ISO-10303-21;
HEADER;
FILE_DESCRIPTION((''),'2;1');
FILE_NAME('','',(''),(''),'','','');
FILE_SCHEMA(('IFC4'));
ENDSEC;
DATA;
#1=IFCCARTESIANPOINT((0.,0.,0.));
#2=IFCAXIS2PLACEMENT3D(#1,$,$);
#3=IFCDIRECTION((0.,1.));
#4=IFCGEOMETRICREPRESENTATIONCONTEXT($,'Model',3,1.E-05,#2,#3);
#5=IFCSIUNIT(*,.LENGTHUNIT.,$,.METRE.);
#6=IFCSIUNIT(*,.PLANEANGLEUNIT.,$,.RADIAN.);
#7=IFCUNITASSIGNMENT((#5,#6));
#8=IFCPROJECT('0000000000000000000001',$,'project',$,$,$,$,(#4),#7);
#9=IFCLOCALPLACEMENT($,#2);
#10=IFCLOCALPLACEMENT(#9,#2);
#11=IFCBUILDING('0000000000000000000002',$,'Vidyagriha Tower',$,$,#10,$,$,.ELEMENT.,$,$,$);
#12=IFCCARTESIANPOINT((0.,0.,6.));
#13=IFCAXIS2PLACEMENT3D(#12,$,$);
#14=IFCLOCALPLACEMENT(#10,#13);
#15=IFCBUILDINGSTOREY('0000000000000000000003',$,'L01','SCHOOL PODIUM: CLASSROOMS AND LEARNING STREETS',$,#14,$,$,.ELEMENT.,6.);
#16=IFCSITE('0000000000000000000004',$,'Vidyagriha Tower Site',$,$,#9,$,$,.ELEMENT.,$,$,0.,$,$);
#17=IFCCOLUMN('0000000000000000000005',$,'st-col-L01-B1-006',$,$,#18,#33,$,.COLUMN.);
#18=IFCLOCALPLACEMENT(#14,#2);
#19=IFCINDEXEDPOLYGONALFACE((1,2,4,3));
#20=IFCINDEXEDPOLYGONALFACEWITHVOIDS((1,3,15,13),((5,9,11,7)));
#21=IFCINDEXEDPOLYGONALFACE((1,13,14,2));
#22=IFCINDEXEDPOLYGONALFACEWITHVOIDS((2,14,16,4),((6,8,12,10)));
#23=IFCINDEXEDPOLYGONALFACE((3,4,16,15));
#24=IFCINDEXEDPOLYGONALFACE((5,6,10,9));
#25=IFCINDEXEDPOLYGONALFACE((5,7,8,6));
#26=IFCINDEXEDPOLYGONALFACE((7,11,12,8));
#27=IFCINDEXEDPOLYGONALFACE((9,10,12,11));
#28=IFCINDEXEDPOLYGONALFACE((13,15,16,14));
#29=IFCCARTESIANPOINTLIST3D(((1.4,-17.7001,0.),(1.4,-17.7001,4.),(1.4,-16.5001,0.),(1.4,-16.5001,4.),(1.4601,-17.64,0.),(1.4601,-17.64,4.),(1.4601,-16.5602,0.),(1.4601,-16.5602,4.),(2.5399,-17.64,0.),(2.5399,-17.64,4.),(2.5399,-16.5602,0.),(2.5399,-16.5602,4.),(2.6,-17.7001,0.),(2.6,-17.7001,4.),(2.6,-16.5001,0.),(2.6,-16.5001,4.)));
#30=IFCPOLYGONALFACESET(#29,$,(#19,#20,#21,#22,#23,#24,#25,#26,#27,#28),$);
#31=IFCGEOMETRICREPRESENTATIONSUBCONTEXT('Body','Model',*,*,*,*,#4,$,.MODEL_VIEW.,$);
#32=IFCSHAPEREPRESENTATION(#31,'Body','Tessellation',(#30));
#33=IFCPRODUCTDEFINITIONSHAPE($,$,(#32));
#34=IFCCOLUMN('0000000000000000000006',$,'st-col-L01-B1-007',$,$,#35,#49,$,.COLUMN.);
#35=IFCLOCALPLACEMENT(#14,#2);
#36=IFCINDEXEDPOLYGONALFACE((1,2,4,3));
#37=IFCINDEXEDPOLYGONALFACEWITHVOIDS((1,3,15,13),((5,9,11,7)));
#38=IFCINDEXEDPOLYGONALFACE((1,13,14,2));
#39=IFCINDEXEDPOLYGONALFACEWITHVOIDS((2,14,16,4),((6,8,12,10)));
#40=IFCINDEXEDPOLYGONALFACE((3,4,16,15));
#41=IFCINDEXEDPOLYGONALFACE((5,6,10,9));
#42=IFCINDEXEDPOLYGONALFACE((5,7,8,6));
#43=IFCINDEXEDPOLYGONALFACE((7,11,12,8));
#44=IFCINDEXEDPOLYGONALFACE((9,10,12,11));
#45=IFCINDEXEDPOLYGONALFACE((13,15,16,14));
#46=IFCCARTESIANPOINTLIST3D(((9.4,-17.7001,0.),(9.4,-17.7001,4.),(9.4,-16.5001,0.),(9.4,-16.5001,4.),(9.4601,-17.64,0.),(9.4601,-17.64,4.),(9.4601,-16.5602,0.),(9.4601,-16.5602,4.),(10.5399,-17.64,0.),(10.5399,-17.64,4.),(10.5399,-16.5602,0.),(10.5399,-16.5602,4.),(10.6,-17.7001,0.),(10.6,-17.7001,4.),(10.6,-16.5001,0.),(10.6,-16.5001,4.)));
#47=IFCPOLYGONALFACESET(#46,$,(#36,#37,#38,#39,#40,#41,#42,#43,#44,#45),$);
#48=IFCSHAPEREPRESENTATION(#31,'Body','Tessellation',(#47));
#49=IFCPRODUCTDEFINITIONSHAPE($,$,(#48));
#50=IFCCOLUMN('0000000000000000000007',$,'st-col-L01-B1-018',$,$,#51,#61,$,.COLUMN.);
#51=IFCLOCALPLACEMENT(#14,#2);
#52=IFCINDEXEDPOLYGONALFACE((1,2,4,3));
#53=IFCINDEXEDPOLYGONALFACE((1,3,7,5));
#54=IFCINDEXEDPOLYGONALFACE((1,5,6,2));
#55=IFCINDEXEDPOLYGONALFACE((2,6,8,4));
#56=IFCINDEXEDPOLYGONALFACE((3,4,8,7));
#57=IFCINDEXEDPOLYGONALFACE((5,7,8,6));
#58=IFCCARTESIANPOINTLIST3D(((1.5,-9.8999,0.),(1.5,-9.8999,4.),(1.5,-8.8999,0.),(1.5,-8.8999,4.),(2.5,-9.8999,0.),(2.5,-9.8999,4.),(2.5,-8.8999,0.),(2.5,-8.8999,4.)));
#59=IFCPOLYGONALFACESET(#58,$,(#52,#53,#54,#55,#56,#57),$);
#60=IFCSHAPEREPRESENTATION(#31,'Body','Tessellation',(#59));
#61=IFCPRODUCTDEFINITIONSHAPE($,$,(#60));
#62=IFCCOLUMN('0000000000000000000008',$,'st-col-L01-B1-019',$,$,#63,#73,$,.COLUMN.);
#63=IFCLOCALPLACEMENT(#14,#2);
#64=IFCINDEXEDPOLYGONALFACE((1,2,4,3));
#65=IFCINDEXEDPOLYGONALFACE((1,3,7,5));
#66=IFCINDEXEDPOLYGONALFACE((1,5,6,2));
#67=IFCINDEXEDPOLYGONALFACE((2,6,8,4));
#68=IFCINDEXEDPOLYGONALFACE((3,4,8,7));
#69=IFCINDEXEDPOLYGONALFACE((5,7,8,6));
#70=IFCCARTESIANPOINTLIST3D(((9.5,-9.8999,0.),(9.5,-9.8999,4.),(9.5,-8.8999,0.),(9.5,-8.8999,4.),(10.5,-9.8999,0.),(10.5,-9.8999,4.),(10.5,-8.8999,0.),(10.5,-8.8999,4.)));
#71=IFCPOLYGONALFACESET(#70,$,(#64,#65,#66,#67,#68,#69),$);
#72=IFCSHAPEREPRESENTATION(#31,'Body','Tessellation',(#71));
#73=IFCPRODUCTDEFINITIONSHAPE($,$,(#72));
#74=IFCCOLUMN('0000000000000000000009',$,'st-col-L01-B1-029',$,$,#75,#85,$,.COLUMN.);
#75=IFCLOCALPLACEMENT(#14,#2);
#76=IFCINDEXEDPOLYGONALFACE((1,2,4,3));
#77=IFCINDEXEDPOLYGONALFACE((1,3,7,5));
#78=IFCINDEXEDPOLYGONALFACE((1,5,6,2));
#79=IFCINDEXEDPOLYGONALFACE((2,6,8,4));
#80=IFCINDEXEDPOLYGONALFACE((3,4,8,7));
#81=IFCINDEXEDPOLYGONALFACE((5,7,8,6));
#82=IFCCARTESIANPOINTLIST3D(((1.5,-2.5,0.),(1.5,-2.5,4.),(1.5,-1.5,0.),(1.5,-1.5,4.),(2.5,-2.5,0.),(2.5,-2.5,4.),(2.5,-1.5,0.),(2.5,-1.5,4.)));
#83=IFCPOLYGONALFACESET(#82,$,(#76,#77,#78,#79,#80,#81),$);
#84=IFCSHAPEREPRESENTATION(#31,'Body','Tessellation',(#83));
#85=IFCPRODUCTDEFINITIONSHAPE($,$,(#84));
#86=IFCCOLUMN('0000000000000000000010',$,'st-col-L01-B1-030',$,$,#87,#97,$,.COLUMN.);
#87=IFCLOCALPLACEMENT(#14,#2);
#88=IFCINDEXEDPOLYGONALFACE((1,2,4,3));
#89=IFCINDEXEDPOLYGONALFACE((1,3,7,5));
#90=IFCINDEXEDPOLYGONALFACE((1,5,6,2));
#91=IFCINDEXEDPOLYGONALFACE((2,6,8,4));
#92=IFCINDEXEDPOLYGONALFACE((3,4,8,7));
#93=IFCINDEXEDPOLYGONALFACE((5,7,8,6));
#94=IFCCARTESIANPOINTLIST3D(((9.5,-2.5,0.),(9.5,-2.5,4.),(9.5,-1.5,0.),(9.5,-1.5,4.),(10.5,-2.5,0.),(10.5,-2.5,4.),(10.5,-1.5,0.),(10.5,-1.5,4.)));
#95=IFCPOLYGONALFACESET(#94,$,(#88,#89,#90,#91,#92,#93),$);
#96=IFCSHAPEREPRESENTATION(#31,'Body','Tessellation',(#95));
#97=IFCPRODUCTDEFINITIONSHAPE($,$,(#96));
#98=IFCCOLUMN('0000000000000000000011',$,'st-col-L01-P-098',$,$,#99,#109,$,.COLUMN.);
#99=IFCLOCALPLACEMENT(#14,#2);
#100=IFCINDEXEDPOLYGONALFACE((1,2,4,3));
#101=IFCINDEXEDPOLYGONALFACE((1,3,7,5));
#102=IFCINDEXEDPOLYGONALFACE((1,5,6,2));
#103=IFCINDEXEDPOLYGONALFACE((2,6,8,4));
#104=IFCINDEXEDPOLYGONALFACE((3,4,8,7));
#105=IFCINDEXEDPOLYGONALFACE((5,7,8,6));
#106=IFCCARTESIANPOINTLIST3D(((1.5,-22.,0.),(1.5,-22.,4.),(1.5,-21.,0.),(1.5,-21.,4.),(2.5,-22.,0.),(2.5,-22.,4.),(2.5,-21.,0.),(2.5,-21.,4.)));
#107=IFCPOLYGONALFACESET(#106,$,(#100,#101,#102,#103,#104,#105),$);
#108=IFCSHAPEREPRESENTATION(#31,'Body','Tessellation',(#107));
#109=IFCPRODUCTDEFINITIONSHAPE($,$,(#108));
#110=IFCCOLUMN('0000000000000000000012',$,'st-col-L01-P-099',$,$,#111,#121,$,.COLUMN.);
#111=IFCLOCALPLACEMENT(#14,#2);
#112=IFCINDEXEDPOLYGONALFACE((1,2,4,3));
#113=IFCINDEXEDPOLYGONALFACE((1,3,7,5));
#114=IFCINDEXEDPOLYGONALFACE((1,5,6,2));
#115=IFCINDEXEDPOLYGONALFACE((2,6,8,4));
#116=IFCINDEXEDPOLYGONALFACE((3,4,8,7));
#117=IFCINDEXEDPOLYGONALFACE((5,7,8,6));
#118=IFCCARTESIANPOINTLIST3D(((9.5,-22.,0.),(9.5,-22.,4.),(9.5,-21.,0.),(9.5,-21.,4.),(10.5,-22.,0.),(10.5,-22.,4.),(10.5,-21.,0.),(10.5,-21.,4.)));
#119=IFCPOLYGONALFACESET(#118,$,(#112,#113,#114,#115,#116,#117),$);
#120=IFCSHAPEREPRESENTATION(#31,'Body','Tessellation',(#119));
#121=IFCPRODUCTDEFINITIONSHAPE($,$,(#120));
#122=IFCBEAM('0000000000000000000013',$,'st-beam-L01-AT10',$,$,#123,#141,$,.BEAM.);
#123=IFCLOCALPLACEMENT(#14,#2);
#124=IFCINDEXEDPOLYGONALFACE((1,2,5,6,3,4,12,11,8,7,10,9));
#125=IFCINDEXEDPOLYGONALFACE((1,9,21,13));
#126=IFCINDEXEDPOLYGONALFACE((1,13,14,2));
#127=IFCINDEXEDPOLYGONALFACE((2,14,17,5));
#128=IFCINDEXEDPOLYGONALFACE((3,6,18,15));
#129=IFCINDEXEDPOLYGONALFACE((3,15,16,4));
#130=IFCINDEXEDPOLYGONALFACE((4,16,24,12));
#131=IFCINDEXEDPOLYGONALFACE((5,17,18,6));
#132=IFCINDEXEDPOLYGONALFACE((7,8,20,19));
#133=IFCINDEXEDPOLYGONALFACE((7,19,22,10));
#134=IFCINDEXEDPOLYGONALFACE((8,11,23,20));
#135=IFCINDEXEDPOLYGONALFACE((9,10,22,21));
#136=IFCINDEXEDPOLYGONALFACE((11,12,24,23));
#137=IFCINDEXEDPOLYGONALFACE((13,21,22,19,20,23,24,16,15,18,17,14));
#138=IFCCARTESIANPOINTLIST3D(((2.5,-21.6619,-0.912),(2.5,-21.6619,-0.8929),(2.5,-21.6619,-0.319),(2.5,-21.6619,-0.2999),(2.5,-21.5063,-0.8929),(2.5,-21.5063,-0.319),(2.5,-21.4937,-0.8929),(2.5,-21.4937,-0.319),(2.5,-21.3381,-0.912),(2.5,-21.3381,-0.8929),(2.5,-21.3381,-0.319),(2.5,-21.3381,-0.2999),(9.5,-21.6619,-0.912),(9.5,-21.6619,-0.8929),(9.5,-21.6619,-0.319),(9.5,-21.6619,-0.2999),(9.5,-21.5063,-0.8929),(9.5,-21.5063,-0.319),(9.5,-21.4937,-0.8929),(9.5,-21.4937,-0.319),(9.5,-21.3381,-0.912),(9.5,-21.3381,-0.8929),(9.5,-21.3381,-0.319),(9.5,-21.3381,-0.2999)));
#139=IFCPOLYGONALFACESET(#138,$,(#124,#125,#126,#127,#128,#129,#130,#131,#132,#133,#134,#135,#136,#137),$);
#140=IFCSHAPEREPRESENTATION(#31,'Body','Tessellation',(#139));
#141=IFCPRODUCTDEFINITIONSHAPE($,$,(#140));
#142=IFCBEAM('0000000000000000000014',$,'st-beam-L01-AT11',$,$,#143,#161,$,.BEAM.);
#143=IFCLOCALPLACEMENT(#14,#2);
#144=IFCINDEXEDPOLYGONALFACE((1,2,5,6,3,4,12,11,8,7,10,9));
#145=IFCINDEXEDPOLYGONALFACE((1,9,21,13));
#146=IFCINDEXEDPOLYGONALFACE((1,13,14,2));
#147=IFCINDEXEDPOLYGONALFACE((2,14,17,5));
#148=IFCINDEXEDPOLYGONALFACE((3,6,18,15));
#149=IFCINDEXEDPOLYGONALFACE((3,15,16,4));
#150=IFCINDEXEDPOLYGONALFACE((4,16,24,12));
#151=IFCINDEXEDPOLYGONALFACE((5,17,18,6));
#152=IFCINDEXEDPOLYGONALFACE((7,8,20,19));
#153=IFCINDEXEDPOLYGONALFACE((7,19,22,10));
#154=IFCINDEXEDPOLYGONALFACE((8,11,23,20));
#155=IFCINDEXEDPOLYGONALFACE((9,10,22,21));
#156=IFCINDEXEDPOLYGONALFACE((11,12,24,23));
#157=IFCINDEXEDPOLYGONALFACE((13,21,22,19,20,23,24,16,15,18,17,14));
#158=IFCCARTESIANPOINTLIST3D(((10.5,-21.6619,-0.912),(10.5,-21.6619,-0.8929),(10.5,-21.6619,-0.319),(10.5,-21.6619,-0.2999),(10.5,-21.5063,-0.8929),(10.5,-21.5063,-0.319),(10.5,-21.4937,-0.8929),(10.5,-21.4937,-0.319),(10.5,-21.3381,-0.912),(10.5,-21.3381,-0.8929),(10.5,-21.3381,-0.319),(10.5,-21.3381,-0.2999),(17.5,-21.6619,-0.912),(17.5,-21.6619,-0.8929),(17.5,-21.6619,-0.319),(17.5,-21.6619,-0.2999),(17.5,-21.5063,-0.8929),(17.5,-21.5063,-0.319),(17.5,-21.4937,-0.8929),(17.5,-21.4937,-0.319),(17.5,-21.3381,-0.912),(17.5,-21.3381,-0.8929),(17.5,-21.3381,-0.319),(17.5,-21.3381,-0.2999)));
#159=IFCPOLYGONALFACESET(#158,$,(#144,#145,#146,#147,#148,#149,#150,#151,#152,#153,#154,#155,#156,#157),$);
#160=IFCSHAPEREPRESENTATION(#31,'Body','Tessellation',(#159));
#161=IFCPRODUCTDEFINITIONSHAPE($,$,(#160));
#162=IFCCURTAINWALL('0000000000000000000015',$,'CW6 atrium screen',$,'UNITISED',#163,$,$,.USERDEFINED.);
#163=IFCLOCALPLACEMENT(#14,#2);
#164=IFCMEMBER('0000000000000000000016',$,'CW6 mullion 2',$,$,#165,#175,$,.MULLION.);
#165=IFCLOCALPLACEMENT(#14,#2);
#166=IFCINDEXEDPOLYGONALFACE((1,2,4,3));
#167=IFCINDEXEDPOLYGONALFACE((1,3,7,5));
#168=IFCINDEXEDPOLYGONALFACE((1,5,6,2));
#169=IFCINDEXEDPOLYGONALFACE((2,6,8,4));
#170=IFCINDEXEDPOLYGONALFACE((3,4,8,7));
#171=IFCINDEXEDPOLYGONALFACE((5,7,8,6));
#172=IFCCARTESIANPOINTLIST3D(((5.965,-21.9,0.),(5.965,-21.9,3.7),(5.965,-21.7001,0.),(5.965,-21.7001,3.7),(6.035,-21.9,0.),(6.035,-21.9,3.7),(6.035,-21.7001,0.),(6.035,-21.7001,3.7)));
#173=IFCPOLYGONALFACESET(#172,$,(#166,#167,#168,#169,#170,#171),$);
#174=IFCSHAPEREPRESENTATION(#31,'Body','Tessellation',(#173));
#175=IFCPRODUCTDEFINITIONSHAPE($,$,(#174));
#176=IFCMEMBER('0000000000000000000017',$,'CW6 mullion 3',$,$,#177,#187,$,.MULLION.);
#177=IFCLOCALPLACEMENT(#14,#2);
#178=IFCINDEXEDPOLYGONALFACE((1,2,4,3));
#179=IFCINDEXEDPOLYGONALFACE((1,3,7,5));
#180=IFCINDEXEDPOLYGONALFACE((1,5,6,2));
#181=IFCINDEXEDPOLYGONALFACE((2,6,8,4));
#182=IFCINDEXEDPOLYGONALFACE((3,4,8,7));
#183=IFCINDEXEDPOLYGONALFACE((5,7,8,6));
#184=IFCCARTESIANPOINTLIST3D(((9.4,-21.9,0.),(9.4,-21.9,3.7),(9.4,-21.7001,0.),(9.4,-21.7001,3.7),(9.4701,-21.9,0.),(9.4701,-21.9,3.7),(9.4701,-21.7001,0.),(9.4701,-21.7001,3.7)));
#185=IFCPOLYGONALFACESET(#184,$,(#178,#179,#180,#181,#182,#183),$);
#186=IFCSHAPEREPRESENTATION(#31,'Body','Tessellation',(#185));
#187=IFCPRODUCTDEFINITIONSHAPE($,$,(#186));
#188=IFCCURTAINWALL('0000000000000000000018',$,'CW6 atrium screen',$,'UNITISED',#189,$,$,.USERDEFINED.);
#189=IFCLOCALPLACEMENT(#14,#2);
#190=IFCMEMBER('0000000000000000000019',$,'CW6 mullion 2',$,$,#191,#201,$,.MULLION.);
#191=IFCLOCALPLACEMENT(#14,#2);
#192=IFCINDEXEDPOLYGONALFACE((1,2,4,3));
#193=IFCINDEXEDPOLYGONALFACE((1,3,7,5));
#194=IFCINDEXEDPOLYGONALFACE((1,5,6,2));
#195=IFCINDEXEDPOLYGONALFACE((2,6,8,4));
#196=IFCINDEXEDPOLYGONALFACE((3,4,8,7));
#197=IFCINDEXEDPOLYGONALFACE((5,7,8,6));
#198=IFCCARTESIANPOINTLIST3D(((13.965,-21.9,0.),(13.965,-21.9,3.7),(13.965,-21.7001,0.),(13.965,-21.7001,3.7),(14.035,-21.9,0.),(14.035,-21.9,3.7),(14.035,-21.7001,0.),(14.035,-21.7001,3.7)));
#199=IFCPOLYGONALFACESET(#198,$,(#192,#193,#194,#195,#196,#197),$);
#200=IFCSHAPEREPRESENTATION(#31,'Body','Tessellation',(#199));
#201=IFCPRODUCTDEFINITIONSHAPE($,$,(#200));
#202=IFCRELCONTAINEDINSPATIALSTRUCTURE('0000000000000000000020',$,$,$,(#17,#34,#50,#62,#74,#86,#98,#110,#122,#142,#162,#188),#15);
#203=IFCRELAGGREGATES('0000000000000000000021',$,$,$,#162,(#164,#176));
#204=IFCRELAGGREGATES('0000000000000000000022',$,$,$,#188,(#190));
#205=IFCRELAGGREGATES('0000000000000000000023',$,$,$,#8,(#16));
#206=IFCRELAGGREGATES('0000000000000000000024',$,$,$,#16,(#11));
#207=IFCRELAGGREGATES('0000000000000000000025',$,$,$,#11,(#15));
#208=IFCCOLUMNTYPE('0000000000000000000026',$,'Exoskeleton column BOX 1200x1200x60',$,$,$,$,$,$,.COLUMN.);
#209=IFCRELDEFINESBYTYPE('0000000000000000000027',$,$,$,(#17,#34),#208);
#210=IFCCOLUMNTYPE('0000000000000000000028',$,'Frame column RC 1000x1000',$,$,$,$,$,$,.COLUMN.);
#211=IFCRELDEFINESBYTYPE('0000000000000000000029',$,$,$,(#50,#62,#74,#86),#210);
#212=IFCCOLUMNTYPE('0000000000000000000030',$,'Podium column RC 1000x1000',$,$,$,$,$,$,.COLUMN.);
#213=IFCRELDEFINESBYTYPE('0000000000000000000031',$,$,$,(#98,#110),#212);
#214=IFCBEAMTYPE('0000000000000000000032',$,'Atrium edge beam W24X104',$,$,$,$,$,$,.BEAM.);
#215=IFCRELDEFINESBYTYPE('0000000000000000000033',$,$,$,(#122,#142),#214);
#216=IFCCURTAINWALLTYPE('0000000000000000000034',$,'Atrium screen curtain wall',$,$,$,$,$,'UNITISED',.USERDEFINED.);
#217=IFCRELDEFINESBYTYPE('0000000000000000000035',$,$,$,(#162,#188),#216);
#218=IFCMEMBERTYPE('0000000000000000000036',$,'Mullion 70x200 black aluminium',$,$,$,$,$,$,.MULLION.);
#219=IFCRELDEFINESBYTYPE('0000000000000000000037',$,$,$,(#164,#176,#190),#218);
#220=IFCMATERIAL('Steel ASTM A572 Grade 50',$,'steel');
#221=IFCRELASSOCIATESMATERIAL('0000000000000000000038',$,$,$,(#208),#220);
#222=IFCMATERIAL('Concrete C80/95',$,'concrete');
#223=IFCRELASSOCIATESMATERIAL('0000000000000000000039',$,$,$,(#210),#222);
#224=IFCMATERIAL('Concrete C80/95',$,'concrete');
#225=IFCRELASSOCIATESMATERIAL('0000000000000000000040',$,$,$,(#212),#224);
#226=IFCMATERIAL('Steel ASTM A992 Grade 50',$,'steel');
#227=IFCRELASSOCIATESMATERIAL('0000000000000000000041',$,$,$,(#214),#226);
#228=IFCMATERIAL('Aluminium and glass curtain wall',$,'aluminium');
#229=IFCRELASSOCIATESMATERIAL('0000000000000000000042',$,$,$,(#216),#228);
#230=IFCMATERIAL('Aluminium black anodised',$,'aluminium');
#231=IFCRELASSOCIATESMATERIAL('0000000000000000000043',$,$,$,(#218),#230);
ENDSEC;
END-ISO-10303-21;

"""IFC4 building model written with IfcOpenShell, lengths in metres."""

from ifc_helpers import new_model, si_unit, direction, frame, origin, origin_2d, place, context, subcontext, project, spatial, rectangle, hollow_rectangle, i_section, extrude, material, material_profile, profile_set, type_object, element, aggregate, save


model = new_model("IFC4")

# Units and contexts
model_context = context("Model", 3, precision=1e-05, world=origin(), true_north=direction((0.0, 1.0)))
body_context = subcontext(model_context, "Body", "Model", "MODEL_VIEW")
ifc_project = project(units=[si_unit("LENGTHUNIT", "METRE"), si_unit("PLANEANGLEUNIT", "RADIAN")], contexts=[model_context])

# Site, building, storey
site_placement = place(None, origin())
site = spatial("IfcSite", under=ifc_project, at=site_placement, Name="Vidyagriha Tower Site", CompositionType="ELEMENT", RefElevation=0.0)
building_placement = place(site_placement, origin())
building = spatial("IfcBuilding", under=site, at=building_placement, Name="Vidyagriha Tower", CompositionType="ELEMENT")
storey_placement = place(building_placement, frame((0.0, 0.0, 6.0)))
storey = spatial("IfcBuildingStorey", under=building, at=storey_placement, Name="L01", Description="SCHOOL PODIUM: CLASSROOMS AND LEARNING STREETS", CompositionType="ELEMENT", Elevation=6.0)

# Columns
ifc_material_1 = material(Name="Steel ASTM A572 Grade 50", Category="steel")
ifc_material_profile_1 = material_profile(ifc_material_1, hollow_rectangle(XDim=1.2, YDim=1.2, WallThickness=0.0601, at=origin_2d()), Name="BOX 1200x1200x60")
ifc_profile_set_1 = profile_set([ifc_material_profile_1], Name="Steel ASTM A572 Grade 50")
column_type_1 = type_object("IfcColumnType", Name="Exoskeleton column BOX 1200x1200x60", PredefinedType="COLUMN", material=ifc_profile_set_1)
for number, where, name in (
    (1, (2.0, -17.1001, 0.0), "st-col-L01-B1-006"),
    (2, (10.0, -17.1001, 0.0), "st-col-L01-B1-007"),
):
    element("IfcColumn", number, at=place(storey_placement, frame(where)), inside=storey, type_object=column_type_1, Name=name, PredefinedType="COLUMN", context=body_context, shape_type="SweptSolid", body=[
        extrude(hollow_rectangle(XDim=1.2, YDim=1.2, WallThickness=0.0601, at=origin_2d()), origin(), (0.0, 0.0, 1.0), 4.0),
    ])
ifc_material_2 = material(Name="Concrete C80/95", Category="concrete")
ifc_material_profile_2 = material_profile(ifc_material_2, rectangle(XDim=1.0, YDim=1.0, at=origin_2d()), Name="RC 1000x1000")
ifc_profile_set_2 = profile_set([ifc_material_profile_2], Name="Concrete C80/95")
column_type_2 = type_object("IfcColumnType", Name="Frame column RC 1000x1000", PredefinedType="COLUMN", material=ifc_profile_set_2)
for number, where, name in (
    (3, (2.0, -9.3999, 0.0), "st-col-L01-B1-018"),
    (4, (10.0, -9.3999, 0.0), "st-col-L01-B1-019"),
    (5, (2.0, -2.0, 0.0), "st-col-L01-B1-029"),
    (6, (10.0, -2.0, 0.0), "st-col-L01-B1-030"),
):
    element("IfcColumn", number, at=place(storey_placement, frame(where)), inside=storey, type_object=column_type_2, Name=name, PredefinedType="COLUMN", context=body_context, shape_type="SweptSolid", body=[
        extrude(rectangle(XDim=1.0, YDim=1.0, at=origin_2d()), origin(), (0.0, 0.0, 1.0), 4.0),
    ])
ifc_material_3 = material(Name="Concrete C80/95", Category="concrete")
ifc_material_profile_3 = material_profile(ifc_material_3, rectangle(XDim=1.0, YDim=1.0, at=origin_2d()), Name="RC 1000x1000")
ifc_profile_set_3 = profile_set([ifc_material_profile_3], Name="Concrete C80/95")
column_type_3 = type_object("IfcColumnType", Name="Podium column RC 1000x1000", PredefinedType="COLUMN", material=ifc_profile_set_3)
for number, where, name in (
    (7, (2.0, -21.5, 0.0), "st-col-L01-P-098"),
    (8, (10.0, -21.5, 0.0), "st-col-L01-P-099"),
):
    element("IfcColumn", number, at=place(storey_placement, frame(where)), inside=storey, type_object=column_type_3, Name=name, PredefinedType="COLUMN", context=body_context, shape_type="SweptSolid", body=[
        extrude(rectangle(XDim=1.0, YDim=1.0, at=origin_2d()), origin(), (0.0, 0.0, 1.0), 4.0),
    ])

# Beams
ifc_material_4 = material(Name="Steel ASTM A992 Grade 50", Category="steel")
ifc_material_profile_4 = material_profile(ifc_material_4, i_section(OverallWidth=0.3237, OverallDepth=0.6121, WebThickness=0.0127, FlangeThickness=0.019, at=origin_2d()), Name="W24X104")
ifc_profile_set_4 = profile_set([ifc_material_profile_4], Name="Steel ASTM A992 Grade 50")
beam_type = type_object("IfcBeamType", Name="Atrium edge beam W24X104", PredefinedType="BEAM", material=ifc_profile_set_4)
for number, where, z_axis, x_axis, name in (
    (9, (2.5, -21.5, -0.606), (1.0, 0.0, 0.0), (0.0, 1.0, 0.0), "st-beam-L01-AT10"),
    (10, (10.5, -21.5, -0.606), (1.0, 0.0, 0.0), (0.0, 1.0, 0.0), "st-beam-L01-AT11"),
):
    element("IfcBeam", number, at=place(storey_placement, frame(where, z_axis=z_axis, x_axis=x_axis)), inside=storey, type_object=beam_type, Name=name, PredefinedType="BEAM", context=body_context, shape_type="SweptSolid", body=[
        extrude(i_section(OverallWidth=0.3237, OverallDepth=0.6121, WebThickness=0.0127, FlangeThickness=0.019, at=origin_2d()), origin(), (0.0, 0.0, 1.0), 7.0),
    ])

# Curtain wall, members
ifc_material_5 = material(Name="Aluminium and glass curtain wall", Category="aluminium")
curtain_wall_type = type_object("IfcCurtainWallType", Name="Atrium screen curtain wall", ElementType="UNITISED", PredefinedType="USERDEFINED", material=ifc_material_5)
curtain_wall_1_placement = place(storey_placement, origin())
curtain_wall_1 = element("IfcCurtainWall", 11, at=curtain_wall_1_placement, inside=storey, type_object=curtain_wall_type, Name="CW6 atrium screen", ObjectType="UNITISED", PredefinedType="USERDEFINED")
ifc_material_6 = material(Name="Aluminium black anodised", Category="aluminium")
ifc_material_profile_5 = material_profile(ifc_material_6, rectangle(XDim=0.2, YDim=0.0701, at=origin_2d()), Name="Mullion 70x200 black aluminium")
ifc_profile_set_5 = profile_set([ifc_material_profile_5], Name="Aluminium black anodised")
member_type_1 = type_object("IfcMemberType", Name="Mullion 70x200 black aluminium", PredefinedType="MULLION", material=ifc_profile_set_5)
member_1_placement = place(storey_placement, frame((6.0, -21.8, 0.0), z_axis=(0.0, 0.0, 1.0), x_axis=(0.0, 1.0, 0.0)))
member_1 = element("IfcMember", 12, at=member_1_placement, type_object=member_type_1, Name="CW6 mullion 2", PredefinedType="MULLION", context=body_context, shape_type="SweptSolid", body=[
    extrude(rectangle(XDim=0.2, YDim=0.0701, at=origin_2d()), origin(), (0.0, 0.0, 1.0), 3.7),
])
member_2_placement = place(storey_placement, frame((9.4351, -21.8, 0.0), z_axis=(0.0, 0.0, 1.0), x_axis=(0.0, 1.0, 0.0)))
member_2 = element("IfcMember", 13, at=member_2_placement, type_object=member_type_1, Name="CW6 mullion 3", PredefinedType="MULLION", context=body_context, shape_type="SweptSolid", body=[
    extrude(rectangle(XDim=0.2, YDim=0.0701, at=origin_2d()), origin(), (0.0, 0.0, 1.0), 3.7),
])

# Curtain wall, member
curtain_wall_2_placement = place(storey_placement, origin())
curtain_wall_2 = element("IfcCurtainWall", 14, at=curtain_wall_2_placement, inside=storey, type_object=curtain_wall_type, Name="CW6 atrium screen", ObjectType="UNITISED", PredefinedType="USERDEFINED")
member_3_placement = place(storey_placement, frame((14.0, -21.8, 0.0), z_axis=(0.0, 0.0, 1.0), x_axis=(0.0, 1.0, 0.0)))
member_3 = element("IfcMember", 15, at=member_3_placement, type_object=member_type_1, Name="CW6 mullion 2", PredefinedType="MULLION", context=body_context, shape_type="SweptSolid", body=[
    extrude(rectangle(XDim=0.2, YDim=0.0701, at=origin_2d()), origin(), (0.0, 0.0, 1.0), 3.7),
])

aggregate(curtain_wall_1, [member_1, member_2])
aggregate(curtain_wall_2, [member_3])

save(model, "model.ifc")
